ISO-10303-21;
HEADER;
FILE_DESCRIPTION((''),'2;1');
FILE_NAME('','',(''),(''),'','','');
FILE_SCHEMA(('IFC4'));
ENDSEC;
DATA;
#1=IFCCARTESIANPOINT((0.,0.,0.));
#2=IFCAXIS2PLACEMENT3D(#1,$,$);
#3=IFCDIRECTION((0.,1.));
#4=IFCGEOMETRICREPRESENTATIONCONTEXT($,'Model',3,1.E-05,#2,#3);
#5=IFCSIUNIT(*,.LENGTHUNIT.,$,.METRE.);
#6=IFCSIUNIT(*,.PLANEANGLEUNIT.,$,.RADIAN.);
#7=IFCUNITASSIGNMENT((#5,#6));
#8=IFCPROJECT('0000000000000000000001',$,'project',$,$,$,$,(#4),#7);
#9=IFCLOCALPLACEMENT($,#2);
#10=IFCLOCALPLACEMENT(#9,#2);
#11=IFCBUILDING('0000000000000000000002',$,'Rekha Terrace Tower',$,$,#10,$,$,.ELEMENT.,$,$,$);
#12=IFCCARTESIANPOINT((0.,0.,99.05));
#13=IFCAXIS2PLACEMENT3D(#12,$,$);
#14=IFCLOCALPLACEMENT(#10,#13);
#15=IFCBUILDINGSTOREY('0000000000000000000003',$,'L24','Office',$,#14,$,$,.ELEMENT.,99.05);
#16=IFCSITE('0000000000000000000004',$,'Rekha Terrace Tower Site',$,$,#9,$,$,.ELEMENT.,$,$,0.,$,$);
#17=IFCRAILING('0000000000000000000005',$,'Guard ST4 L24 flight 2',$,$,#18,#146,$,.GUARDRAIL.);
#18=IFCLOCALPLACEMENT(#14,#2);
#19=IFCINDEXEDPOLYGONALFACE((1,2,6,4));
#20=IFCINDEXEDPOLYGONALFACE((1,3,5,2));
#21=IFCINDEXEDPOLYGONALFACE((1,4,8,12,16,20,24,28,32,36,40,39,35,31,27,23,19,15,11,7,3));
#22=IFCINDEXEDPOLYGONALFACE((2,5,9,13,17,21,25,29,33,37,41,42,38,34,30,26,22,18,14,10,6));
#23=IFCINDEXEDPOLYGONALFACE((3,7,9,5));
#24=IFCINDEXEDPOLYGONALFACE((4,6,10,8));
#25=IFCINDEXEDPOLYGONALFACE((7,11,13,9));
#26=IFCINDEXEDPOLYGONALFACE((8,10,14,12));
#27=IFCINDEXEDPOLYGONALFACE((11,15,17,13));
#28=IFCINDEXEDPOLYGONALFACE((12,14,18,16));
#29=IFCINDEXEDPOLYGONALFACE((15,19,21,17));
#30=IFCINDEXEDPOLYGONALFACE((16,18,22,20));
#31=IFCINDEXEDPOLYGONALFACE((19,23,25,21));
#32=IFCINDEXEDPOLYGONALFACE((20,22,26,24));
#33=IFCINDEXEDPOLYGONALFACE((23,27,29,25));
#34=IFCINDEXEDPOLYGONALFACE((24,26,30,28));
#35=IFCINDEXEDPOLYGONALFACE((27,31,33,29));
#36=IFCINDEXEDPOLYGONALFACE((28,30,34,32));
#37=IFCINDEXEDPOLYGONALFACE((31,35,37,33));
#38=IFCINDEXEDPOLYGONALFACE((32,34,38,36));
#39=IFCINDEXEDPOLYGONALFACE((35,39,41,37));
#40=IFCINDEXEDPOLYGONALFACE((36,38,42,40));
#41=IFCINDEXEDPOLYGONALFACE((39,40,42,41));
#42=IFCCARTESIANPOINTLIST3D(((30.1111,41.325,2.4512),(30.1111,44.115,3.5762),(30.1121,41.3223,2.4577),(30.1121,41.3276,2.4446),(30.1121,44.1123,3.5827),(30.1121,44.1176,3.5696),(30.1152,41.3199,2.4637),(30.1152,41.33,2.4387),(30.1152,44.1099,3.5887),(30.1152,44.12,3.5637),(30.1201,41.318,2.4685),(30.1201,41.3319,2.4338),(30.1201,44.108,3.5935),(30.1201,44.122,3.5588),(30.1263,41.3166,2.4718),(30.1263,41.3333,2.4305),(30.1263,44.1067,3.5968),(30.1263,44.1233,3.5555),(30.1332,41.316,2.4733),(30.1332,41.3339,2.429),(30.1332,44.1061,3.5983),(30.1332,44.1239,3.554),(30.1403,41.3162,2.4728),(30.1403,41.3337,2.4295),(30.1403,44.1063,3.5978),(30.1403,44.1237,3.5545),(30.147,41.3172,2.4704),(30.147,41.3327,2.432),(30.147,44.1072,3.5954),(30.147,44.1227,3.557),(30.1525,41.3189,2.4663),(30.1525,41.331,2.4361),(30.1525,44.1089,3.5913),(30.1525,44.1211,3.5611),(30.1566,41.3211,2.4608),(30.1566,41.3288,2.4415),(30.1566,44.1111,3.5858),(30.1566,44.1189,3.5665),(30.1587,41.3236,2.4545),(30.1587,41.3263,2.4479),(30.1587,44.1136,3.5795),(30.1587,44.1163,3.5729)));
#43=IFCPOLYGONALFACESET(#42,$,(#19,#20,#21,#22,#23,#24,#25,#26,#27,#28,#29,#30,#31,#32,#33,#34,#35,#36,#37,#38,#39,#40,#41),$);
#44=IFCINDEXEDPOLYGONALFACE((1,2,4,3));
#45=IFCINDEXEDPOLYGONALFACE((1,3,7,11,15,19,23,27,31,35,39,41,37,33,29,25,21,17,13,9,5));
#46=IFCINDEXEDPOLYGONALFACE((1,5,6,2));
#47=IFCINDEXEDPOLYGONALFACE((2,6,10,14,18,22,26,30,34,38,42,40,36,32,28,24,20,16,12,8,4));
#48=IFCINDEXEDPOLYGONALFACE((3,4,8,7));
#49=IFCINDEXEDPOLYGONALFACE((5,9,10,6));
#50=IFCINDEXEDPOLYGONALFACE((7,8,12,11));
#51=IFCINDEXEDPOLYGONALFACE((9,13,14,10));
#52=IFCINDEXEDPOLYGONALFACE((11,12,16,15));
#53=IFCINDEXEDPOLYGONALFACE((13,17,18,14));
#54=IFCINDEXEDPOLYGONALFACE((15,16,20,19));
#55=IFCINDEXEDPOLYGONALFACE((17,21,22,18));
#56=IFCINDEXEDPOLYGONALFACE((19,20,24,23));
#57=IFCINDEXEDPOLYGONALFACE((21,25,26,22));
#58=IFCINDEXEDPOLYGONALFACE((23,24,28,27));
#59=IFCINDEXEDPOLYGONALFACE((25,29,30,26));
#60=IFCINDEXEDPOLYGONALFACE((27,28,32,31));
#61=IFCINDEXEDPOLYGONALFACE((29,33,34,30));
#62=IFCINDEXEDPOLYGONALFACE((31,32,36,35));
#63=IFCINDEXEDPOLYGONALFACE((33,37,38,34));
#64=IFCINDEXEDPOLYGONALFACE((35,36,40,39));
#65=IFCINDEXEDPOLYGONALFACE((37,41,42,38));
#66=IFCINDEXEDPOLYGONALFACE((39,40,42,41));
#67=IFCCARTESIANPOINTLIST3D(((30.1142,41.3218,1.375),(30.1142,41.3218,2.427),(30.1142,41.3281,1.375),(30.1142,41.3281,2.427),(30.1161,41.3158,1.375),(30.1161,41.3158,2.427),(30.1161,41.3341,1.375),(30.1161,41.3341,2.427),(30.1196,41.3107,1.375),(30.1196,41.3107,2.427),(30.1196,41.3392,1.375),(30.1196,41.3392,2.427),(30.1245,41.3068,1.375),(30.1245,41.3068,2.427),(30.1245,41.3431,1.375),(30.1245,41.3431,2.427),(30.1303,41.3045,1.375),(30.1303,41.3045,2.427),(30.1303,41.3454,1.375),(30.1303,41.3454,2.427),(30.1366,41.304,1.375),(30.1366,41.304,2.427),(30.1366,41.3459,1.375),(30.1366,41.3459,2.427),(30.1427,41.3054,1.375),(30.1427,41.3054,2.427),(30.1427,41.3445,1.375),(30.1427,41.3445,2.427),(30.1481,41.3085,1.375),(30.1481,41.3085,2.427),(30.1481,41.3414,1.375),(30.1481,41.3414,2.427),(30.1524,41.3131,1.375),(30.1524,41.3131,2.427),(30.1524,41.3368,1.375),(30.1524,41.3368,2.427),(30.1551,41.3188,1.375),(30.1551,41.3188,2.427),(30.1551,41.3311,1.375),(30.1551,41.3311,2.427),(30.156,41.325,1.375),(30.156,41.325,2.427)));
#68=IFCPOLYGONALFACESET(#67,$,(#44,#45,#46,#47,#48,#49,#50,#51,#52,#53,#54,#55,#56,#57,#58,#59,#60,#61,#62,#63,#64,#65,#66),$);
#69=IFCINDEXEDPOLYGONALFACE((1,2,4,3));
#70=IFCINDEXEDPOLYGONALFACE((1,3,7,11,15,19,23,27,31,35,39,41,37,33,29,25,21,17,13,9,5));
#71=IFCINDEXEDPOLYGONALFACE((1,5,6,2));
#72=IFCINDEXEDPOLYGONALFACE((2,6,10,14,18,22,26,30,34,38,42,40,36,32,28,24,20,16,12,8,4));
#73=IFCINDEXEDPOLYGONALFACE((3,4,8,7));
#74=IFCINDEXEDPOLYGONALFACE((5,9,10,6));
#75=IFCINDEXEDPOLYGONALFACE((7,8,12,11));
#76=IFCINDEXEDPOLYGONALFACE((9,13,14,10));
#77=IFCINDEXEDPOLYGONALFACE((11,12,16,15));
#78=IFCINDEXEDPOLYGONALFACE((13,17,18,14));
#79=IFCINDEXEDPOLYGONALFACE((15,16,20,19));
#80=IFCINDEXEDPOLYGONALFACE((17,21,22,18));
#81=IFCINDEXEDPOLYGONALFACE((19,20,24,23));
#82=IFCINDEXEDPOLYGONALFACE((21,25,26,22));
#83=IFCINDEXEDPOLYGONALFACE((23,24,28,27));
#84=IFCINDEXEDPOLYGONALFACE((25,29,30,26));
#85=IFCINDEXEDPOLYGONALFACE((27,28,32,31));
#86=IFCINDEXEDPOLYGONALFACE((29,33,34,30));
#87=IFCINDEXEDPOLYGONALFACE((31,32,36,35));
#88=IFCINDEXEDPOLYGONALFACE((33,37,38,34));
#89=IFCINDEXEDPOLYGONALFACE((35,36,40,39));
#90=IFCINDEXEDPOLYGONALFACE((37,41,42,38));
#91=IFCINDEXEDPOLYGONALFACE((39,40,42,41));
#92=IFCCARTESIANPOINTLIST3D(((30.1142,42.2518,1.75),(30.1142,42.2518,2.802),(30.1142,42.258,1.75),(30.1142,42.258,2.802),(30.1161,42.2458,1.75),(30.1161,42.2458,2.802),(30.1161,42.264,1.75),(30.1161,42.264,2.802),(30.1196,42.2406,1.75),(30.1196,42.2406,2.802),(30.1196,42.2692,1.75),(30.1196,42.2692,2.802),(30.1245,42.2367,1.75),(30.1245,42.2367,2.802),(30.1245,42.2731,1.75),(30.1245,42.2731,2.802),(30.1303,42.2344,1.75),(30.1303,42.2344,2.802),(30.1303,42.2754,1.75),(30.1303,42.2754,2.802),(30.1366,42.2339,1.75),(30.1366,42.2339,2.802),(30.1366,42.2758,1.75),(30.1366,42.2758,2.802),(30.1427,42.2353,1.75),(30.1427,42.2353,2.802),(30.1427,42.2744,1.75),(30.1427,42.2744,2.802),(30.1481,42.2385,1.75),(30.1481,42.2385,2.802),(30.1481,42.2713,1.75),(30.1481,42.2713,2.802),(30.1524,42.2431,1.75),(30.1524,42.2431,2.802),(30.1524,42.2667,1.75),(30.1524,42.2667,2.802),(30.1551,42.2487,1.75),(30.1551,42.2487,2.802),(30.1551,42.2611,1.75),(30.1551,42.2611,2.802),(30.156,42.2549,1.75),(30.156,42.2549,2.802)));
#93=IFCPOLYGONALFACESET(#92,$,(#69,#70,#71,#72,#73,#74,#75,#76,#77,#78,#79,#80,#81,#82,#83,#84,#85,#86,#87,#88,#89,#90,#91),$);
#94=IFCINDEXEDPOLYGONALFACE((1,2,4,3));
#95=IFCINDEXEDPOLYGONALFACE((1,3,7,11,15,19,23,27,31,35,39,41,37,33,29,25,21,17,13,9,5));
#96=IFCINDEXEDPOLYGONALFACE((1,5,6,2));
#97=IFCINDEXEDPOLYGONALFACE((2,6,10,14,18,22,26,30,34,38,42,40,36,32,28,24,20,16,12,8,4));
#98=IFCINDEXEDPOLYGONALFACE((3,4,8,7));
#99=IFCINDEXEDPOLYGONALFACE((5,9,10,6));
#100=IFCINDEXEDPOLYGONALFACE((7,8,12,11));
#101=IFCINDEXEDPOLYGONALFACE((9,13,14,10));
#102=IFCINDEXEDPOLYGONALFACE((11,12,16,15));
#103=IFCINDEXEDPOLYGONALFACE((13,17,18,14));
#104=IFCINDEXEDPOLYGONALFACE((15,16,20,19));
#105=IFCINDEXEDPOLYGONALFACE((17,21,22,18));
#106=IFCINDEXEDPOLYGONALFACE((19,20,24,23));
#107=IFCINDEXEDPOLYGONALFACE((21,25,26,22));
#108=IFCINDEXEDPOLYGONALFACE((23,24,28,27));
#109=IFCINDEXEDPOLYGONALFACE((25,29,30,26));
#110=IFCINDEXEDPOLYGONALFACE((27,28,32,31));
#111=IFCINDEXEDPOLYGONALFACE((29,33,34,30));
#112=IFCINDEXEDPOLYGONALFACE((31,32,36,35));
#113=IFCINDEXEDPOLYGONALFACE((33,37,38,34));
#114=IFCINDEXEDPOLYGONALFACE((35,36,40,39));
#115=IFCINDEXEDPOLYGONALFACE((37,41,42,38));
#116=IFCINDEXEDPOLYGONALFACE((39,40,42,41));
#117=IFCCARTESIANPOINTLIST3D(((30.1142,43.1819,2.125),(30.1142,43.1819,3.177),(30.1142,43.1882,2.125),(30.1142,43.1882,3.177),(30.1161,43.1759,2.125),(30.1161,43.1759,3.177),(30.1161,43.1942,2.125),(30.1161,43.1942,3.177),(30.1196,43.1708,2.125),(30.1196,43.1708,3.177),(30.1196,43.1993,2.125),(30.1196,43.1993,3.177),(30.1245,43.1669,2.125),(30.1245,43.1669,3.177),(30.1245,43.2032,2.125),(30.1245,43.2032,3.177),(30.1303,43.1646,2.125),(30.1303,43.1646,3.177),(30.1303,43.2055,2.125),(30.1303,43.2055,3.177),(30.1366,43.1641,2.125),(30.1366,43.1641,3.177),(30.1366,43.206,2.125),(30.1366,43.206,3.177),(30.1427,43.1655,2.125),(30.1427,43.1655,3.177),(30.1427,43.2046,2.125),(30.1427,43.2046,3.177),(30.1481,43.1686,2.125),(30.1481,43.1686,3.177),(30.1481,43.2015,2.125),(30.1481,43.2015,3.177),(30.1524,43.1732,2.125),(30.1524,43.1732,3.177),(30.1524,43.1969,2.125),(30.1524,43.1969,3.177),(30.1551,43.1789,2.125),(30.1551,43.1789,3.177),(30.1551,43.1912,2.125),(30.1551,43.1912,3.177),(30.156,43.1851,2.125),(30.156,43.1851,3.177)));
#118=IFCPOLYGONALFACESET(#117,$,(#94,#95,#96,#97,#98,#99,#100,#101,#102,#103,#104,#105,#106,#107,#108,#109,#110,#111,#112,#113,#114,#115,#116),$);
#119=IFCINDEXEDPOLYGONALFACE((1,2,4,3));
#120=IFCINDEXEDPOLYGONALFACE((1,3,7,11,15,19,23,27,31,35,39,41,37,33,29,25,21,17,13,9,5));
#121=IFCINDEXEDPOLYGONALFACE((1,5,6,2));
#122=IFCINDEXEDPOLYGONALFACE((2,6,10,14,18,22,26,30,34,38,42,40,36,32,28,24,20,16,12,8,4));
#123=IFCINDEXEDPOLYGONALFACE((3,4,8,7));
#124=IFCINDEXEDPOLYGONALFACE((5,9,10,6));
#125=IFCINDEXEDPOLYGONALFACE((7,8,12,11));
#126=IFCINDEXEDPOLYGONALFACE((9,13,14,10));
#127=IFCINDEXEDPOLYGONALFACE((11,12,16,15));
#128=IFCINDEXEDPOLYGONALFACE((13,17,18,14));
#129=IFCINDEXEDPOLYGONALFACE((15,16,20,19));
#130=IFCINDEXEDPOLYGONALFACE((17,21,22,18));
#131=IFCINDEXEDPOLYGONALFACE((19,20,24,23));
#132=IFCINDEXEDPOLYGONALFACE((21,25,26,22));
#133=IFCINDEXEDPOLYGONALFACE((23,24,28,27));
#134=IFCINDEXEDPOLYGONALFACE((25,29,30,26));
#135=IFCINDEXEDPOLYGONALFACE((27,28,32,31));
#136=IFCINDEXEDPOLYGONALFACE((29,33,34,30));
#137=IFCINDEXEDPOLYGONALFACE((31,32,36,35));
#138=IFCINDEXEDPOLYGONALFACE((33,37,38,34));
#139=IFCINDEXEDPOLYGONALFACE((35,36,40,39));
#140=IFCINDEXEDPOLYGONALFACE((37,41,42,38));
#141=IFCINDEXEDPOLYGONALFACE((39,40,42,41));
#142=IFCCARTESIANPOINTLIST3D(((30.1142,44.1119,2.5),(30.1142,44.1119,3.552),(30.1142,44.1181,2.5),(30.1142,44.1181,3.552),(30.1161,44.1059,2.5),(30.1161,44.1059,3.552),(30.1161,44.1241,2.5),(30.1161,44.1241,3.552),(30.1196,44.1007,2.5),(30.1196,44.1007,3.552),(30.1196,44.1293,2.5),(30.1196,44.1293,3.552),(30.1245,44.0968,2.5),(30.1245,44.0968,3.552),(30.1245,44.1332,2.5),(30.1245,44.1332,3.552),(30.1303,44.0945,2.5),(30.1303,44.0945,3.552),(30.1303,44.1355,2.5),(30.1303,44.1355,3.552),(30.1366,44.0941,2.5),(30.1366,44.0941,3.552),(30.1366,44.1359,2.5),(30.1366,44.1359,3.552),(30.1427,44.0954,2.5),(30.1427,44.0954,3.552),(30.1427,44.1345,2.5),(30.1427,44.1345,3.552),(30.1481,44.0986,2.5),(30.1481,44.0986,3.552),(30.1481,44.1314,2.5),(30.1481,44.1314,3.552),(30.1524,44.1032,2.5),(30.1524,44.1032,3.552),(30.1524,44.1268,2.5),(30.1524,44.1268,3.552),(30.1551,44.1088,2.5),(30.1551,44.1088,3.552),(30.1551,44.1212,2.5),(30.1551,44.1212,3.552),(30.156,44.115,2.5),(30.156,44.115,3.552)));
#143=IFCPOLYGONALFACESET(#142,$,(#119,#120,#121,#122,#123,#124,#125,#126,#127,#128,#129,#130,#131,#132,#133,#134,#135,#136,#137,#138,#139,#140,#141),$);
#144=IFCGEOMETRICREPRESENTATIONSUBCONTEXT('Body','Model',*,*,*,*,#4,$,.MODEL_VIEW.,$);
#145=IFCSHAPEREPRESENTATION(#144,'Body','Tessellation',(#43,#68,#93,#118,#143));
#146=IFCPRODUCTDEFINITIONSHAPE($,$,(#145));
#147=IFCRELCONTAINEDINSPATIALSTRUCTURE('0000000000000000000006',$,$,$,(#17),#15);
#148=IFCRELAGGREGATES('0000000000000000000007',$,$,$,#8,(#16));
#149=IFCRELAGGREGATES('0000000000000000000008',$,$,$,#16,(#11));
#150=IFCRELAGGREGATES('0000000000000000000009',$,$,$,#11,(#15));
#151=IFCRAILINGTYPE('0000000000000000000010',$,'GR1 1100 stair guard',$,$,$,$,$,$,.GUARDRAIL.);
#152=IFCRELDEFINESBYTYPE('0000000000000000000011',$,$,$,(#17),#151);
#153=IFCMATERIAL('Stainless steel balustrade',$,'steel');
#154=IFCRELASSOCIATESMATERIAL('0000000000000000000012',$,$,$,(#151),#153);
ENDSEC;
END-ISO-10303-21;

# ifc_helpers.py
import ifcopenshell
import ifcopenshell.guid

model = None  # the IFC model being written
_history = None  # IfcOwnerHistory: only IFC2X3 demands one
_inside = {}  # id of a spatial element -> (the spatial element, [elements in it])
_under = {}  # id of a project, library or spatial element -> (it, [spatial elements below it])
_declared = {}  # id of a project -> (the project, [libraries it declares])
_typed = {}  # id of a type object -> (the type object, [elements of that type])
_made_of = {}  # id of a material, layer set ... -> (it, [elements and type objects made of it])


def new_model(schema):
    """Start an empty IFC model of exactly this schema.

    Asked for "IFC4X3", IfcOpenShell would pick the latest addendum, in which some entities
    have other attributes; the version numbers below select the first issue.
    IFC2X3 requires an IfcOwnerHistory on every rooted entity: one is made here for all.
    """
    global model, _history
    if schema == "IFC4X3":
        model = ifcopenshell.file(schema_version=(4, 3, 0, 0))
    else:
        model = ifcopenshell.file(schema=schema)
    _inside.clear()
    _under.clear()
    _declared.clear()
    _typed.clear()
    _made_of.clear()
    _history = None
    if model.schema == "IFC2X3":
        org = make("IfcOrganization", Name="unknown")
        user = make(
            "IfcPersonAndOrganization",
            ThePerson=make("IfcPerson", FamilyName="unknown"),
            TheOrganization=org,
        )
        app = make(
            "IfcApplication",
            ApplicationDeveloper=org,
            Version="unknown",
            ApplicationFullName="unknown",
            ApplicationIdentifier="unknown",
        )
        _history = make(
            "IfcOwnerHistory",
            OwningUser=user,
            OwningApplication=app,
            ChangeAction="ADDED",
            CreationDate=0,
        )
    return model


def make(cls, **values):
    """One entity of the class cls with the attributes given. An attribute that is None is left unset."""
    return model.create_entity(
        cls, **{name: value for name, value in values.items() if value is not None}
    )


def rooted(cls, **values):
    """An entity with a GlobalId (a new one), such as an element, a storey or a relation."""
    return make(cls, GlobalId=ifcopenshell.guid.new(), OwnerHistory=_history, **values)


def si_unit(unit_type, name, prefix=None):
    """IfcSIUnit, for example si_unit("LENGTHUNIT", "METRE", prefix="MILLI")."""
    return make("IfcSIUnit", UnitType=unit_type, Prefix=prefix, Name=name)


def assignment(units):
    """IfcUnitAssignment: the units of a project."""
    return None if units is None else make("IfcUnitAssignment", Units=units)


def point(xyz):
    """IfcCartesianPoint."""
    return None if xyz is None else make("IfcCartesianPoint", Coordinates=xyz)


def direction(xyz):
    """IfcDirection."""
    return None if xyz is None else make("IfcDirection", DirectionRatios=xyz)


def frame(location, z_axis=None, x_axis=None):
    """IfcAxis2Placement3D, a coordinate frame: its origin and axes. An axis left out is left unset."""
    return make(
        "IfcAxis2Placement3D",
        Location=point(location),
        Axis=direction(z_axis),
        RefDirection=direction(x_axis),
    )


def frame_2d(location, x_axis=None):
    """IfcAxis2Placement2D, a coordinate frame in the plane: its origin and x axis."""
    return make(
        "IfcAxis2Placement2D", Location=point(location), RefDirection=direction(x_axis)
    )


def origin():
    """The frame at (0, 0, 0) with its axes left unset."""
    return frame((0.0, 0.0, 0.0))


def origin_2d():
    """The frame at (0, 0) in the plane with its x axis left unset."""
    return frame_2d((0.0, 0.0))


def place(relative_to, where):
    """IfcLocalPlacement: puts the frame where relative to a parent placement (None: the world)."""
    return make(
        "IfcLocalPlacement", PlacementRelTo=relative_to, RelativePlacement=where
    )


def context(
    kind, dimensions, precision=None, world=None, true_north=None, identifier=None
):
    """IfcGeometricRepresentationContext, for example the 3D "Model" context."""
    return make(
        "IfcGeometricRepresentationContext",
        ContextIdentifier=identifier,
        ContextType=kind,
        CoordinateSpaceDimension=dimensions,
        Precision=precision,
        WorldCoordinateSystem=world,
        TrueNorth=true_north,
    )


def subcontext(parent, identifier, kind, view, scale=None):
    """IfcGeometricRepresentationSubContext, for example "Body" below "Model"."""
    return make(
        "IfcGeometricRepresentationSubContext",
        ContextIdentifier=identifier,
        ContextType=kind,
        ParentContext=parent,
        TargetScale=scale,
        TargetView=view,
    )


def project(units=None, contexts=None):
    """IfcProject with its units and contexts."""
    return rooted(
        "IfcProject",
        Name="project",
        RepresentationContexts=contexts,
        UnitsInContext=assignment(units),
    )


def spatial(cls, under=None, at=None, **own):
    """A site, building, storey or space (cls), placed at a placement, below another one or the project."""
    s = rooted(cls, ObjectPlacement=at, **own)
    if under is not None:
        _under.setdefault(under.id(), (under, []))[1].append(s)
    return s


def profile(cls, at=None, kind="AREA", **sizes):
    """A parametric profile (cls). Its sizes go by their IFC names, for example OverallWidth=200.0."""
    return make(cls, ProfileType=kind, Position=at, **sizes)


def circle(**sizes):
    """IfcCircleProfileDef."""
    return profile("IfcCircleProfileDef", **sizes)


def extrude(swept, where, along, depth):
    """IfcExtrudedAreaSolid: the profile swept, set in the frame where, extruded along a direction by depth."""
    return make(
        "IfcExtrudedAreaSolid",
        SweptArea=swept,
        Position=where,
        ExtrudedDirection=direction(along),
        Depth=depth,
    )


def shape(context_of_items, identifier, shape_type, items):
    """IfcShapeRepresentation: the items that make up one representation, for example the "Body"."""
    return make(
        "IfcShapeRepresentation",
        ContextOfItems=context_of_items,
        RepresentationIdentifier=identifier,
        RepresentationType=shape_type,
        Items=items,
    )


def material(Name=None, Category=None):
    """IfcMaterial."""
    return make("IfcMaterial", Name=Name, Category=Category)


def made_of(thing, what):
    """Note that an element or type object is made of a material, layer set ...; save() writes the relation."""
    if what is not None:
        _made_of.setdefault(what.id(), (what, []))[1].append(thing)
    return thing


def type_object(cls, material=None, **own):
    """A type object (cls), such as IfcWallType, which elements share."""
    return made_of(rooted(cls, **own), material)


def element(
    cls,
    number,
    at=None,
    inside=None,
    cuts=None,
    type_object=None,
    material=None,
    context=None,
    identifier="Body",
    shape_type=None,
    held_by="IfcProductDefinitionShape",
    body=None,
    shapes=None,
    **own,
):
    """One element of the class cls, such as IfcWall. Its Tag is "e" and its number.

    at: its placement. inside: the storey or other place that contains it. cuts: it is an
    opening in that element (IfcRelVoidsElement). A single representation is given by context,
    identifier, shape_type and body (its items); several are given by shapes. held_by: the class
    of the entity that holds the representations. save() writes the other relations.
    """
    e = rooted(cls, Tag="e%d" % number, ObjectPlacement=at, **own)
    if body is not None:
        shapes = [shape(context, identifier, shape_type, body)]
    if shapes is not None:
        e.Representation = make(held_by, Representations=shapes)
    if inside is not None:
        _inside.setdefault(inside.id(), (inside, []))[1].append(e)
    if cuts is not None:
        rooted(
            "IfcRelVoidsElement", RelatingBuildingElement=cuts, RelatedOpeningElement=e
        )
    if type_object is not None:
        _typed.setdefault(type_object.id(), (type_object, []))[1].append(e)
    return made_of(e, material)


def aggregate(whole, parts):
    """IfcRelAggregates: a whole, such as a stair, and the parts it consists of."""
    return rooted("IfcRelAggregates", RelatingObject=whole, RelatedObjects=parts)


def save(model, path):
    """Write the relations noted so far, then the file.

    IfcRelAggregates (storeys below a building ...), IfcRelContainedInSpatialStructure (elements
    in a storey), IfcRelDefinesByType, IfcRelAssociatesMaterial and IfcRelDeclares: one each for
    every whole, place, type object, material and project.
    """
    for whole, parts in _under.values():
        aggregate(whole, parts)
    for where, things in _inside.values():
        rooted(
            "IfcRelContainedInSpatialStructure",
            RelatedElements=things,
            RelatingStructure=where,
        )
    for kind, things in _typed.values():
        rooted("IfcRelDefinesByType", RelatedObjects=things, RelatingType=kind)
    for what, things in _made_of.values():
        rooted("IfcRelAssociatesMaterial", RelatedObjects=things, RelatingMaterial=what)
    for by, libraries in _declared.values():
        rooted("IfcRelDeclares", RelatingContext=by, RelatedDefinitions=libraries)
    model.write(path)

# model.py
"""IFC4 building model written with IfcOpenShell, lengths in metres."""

from ifc_helpers import new_model, si_unit, direction, frame, origin, origin_2d, place, context, subcontext, project, spatial, circle, extrude, material, type_object, element, save


model = new_model("IFC4")

# Units and contexts
model_context = context("Model", 3, precision=1e-05, world=origin(), true_north=direction((0.0, 1.0)))
body_context = subcontext(model_context, "Body", "Model", "MODEL_VIEW")
ifc_project = project(units=[si_unit("LENGTHUNIT", "METRE"), si_unit("PLANEANGLEUNIT", "RADIAN")], contexts=[model_context])

# Site, building, storey
site_placement = place(None, origin())
site = spatial("IfcSite", under=ifc_project, at=site_placement, Name="Rekha Terrace Tower Site", CompositionType="ELEMENT", RefElevation=0.0)
building_placement = place(site_placement, origin())
building = spatial("IfcBuilding", under=site, at=building_placement, Name="Rekha Terrace Tower", CompositionType="ELEMENT")
storey_placement = place(building_placement, frame((0.0, 0.0, 99.05)))
storey = spatial("IfcBuildingStorey", under=building, at=storey_placement, Name="L24", Description="Office", CompositionType="ELEMENT", Elevation=99.05)

# Railing
ifc_material_1 = material(Name="Stainless steel balustrade", Category="steel")
railing_type_1 = type_object("IfcRailingType", Name="GR1 1100 stair guard", PredefinedType="GUARDRAIL", material=ifc_material_1)
railing_1_placement = place(storey_placement, frame((30.135, 41.325, 1.375)))
element("IfcRailing", 1, at=railing_1_placement, inside=storey, type_object=railing_type_1, Name="Guard ST4 L24 flight 2", PredefinedType="GUARDRAIL", context=body_context, shape_type="SweptSolid", body=[
    extrude(circle(Radius=0.0239, at=origin_2d()), frame((0.0, 0.0, 1.0762), z_axis=(0.0, 0.927443, 0.373964), x_axis=(-1.0, 0.0, 0.0)), (0.0, 0.0, 1.0), 3.0083),
    extrude(circle(Radius=0.021, at=origin_2d()), origin(), (0.0, 0.0, 1.0), 1.052),
    extrude(circle(Radius=0.021, at=origin_2d()), frame((0.0, 0.9299, 0.375)), (0.0, 0.0, 1.0), 1.052),
    extrude(circle(Radius=0.021, at=origin_2d()), frame((0.0, 1.8601, 0.75)), (0.0, 0.0, 1.0), 1.052),
    extrude(circle(Radius=0.021, at=origin_2d()), frame((0.0, 2.79, 1.125)), (0.0, 0.0, 1.0), 1.052),
])

save(model, "model.ifc")
